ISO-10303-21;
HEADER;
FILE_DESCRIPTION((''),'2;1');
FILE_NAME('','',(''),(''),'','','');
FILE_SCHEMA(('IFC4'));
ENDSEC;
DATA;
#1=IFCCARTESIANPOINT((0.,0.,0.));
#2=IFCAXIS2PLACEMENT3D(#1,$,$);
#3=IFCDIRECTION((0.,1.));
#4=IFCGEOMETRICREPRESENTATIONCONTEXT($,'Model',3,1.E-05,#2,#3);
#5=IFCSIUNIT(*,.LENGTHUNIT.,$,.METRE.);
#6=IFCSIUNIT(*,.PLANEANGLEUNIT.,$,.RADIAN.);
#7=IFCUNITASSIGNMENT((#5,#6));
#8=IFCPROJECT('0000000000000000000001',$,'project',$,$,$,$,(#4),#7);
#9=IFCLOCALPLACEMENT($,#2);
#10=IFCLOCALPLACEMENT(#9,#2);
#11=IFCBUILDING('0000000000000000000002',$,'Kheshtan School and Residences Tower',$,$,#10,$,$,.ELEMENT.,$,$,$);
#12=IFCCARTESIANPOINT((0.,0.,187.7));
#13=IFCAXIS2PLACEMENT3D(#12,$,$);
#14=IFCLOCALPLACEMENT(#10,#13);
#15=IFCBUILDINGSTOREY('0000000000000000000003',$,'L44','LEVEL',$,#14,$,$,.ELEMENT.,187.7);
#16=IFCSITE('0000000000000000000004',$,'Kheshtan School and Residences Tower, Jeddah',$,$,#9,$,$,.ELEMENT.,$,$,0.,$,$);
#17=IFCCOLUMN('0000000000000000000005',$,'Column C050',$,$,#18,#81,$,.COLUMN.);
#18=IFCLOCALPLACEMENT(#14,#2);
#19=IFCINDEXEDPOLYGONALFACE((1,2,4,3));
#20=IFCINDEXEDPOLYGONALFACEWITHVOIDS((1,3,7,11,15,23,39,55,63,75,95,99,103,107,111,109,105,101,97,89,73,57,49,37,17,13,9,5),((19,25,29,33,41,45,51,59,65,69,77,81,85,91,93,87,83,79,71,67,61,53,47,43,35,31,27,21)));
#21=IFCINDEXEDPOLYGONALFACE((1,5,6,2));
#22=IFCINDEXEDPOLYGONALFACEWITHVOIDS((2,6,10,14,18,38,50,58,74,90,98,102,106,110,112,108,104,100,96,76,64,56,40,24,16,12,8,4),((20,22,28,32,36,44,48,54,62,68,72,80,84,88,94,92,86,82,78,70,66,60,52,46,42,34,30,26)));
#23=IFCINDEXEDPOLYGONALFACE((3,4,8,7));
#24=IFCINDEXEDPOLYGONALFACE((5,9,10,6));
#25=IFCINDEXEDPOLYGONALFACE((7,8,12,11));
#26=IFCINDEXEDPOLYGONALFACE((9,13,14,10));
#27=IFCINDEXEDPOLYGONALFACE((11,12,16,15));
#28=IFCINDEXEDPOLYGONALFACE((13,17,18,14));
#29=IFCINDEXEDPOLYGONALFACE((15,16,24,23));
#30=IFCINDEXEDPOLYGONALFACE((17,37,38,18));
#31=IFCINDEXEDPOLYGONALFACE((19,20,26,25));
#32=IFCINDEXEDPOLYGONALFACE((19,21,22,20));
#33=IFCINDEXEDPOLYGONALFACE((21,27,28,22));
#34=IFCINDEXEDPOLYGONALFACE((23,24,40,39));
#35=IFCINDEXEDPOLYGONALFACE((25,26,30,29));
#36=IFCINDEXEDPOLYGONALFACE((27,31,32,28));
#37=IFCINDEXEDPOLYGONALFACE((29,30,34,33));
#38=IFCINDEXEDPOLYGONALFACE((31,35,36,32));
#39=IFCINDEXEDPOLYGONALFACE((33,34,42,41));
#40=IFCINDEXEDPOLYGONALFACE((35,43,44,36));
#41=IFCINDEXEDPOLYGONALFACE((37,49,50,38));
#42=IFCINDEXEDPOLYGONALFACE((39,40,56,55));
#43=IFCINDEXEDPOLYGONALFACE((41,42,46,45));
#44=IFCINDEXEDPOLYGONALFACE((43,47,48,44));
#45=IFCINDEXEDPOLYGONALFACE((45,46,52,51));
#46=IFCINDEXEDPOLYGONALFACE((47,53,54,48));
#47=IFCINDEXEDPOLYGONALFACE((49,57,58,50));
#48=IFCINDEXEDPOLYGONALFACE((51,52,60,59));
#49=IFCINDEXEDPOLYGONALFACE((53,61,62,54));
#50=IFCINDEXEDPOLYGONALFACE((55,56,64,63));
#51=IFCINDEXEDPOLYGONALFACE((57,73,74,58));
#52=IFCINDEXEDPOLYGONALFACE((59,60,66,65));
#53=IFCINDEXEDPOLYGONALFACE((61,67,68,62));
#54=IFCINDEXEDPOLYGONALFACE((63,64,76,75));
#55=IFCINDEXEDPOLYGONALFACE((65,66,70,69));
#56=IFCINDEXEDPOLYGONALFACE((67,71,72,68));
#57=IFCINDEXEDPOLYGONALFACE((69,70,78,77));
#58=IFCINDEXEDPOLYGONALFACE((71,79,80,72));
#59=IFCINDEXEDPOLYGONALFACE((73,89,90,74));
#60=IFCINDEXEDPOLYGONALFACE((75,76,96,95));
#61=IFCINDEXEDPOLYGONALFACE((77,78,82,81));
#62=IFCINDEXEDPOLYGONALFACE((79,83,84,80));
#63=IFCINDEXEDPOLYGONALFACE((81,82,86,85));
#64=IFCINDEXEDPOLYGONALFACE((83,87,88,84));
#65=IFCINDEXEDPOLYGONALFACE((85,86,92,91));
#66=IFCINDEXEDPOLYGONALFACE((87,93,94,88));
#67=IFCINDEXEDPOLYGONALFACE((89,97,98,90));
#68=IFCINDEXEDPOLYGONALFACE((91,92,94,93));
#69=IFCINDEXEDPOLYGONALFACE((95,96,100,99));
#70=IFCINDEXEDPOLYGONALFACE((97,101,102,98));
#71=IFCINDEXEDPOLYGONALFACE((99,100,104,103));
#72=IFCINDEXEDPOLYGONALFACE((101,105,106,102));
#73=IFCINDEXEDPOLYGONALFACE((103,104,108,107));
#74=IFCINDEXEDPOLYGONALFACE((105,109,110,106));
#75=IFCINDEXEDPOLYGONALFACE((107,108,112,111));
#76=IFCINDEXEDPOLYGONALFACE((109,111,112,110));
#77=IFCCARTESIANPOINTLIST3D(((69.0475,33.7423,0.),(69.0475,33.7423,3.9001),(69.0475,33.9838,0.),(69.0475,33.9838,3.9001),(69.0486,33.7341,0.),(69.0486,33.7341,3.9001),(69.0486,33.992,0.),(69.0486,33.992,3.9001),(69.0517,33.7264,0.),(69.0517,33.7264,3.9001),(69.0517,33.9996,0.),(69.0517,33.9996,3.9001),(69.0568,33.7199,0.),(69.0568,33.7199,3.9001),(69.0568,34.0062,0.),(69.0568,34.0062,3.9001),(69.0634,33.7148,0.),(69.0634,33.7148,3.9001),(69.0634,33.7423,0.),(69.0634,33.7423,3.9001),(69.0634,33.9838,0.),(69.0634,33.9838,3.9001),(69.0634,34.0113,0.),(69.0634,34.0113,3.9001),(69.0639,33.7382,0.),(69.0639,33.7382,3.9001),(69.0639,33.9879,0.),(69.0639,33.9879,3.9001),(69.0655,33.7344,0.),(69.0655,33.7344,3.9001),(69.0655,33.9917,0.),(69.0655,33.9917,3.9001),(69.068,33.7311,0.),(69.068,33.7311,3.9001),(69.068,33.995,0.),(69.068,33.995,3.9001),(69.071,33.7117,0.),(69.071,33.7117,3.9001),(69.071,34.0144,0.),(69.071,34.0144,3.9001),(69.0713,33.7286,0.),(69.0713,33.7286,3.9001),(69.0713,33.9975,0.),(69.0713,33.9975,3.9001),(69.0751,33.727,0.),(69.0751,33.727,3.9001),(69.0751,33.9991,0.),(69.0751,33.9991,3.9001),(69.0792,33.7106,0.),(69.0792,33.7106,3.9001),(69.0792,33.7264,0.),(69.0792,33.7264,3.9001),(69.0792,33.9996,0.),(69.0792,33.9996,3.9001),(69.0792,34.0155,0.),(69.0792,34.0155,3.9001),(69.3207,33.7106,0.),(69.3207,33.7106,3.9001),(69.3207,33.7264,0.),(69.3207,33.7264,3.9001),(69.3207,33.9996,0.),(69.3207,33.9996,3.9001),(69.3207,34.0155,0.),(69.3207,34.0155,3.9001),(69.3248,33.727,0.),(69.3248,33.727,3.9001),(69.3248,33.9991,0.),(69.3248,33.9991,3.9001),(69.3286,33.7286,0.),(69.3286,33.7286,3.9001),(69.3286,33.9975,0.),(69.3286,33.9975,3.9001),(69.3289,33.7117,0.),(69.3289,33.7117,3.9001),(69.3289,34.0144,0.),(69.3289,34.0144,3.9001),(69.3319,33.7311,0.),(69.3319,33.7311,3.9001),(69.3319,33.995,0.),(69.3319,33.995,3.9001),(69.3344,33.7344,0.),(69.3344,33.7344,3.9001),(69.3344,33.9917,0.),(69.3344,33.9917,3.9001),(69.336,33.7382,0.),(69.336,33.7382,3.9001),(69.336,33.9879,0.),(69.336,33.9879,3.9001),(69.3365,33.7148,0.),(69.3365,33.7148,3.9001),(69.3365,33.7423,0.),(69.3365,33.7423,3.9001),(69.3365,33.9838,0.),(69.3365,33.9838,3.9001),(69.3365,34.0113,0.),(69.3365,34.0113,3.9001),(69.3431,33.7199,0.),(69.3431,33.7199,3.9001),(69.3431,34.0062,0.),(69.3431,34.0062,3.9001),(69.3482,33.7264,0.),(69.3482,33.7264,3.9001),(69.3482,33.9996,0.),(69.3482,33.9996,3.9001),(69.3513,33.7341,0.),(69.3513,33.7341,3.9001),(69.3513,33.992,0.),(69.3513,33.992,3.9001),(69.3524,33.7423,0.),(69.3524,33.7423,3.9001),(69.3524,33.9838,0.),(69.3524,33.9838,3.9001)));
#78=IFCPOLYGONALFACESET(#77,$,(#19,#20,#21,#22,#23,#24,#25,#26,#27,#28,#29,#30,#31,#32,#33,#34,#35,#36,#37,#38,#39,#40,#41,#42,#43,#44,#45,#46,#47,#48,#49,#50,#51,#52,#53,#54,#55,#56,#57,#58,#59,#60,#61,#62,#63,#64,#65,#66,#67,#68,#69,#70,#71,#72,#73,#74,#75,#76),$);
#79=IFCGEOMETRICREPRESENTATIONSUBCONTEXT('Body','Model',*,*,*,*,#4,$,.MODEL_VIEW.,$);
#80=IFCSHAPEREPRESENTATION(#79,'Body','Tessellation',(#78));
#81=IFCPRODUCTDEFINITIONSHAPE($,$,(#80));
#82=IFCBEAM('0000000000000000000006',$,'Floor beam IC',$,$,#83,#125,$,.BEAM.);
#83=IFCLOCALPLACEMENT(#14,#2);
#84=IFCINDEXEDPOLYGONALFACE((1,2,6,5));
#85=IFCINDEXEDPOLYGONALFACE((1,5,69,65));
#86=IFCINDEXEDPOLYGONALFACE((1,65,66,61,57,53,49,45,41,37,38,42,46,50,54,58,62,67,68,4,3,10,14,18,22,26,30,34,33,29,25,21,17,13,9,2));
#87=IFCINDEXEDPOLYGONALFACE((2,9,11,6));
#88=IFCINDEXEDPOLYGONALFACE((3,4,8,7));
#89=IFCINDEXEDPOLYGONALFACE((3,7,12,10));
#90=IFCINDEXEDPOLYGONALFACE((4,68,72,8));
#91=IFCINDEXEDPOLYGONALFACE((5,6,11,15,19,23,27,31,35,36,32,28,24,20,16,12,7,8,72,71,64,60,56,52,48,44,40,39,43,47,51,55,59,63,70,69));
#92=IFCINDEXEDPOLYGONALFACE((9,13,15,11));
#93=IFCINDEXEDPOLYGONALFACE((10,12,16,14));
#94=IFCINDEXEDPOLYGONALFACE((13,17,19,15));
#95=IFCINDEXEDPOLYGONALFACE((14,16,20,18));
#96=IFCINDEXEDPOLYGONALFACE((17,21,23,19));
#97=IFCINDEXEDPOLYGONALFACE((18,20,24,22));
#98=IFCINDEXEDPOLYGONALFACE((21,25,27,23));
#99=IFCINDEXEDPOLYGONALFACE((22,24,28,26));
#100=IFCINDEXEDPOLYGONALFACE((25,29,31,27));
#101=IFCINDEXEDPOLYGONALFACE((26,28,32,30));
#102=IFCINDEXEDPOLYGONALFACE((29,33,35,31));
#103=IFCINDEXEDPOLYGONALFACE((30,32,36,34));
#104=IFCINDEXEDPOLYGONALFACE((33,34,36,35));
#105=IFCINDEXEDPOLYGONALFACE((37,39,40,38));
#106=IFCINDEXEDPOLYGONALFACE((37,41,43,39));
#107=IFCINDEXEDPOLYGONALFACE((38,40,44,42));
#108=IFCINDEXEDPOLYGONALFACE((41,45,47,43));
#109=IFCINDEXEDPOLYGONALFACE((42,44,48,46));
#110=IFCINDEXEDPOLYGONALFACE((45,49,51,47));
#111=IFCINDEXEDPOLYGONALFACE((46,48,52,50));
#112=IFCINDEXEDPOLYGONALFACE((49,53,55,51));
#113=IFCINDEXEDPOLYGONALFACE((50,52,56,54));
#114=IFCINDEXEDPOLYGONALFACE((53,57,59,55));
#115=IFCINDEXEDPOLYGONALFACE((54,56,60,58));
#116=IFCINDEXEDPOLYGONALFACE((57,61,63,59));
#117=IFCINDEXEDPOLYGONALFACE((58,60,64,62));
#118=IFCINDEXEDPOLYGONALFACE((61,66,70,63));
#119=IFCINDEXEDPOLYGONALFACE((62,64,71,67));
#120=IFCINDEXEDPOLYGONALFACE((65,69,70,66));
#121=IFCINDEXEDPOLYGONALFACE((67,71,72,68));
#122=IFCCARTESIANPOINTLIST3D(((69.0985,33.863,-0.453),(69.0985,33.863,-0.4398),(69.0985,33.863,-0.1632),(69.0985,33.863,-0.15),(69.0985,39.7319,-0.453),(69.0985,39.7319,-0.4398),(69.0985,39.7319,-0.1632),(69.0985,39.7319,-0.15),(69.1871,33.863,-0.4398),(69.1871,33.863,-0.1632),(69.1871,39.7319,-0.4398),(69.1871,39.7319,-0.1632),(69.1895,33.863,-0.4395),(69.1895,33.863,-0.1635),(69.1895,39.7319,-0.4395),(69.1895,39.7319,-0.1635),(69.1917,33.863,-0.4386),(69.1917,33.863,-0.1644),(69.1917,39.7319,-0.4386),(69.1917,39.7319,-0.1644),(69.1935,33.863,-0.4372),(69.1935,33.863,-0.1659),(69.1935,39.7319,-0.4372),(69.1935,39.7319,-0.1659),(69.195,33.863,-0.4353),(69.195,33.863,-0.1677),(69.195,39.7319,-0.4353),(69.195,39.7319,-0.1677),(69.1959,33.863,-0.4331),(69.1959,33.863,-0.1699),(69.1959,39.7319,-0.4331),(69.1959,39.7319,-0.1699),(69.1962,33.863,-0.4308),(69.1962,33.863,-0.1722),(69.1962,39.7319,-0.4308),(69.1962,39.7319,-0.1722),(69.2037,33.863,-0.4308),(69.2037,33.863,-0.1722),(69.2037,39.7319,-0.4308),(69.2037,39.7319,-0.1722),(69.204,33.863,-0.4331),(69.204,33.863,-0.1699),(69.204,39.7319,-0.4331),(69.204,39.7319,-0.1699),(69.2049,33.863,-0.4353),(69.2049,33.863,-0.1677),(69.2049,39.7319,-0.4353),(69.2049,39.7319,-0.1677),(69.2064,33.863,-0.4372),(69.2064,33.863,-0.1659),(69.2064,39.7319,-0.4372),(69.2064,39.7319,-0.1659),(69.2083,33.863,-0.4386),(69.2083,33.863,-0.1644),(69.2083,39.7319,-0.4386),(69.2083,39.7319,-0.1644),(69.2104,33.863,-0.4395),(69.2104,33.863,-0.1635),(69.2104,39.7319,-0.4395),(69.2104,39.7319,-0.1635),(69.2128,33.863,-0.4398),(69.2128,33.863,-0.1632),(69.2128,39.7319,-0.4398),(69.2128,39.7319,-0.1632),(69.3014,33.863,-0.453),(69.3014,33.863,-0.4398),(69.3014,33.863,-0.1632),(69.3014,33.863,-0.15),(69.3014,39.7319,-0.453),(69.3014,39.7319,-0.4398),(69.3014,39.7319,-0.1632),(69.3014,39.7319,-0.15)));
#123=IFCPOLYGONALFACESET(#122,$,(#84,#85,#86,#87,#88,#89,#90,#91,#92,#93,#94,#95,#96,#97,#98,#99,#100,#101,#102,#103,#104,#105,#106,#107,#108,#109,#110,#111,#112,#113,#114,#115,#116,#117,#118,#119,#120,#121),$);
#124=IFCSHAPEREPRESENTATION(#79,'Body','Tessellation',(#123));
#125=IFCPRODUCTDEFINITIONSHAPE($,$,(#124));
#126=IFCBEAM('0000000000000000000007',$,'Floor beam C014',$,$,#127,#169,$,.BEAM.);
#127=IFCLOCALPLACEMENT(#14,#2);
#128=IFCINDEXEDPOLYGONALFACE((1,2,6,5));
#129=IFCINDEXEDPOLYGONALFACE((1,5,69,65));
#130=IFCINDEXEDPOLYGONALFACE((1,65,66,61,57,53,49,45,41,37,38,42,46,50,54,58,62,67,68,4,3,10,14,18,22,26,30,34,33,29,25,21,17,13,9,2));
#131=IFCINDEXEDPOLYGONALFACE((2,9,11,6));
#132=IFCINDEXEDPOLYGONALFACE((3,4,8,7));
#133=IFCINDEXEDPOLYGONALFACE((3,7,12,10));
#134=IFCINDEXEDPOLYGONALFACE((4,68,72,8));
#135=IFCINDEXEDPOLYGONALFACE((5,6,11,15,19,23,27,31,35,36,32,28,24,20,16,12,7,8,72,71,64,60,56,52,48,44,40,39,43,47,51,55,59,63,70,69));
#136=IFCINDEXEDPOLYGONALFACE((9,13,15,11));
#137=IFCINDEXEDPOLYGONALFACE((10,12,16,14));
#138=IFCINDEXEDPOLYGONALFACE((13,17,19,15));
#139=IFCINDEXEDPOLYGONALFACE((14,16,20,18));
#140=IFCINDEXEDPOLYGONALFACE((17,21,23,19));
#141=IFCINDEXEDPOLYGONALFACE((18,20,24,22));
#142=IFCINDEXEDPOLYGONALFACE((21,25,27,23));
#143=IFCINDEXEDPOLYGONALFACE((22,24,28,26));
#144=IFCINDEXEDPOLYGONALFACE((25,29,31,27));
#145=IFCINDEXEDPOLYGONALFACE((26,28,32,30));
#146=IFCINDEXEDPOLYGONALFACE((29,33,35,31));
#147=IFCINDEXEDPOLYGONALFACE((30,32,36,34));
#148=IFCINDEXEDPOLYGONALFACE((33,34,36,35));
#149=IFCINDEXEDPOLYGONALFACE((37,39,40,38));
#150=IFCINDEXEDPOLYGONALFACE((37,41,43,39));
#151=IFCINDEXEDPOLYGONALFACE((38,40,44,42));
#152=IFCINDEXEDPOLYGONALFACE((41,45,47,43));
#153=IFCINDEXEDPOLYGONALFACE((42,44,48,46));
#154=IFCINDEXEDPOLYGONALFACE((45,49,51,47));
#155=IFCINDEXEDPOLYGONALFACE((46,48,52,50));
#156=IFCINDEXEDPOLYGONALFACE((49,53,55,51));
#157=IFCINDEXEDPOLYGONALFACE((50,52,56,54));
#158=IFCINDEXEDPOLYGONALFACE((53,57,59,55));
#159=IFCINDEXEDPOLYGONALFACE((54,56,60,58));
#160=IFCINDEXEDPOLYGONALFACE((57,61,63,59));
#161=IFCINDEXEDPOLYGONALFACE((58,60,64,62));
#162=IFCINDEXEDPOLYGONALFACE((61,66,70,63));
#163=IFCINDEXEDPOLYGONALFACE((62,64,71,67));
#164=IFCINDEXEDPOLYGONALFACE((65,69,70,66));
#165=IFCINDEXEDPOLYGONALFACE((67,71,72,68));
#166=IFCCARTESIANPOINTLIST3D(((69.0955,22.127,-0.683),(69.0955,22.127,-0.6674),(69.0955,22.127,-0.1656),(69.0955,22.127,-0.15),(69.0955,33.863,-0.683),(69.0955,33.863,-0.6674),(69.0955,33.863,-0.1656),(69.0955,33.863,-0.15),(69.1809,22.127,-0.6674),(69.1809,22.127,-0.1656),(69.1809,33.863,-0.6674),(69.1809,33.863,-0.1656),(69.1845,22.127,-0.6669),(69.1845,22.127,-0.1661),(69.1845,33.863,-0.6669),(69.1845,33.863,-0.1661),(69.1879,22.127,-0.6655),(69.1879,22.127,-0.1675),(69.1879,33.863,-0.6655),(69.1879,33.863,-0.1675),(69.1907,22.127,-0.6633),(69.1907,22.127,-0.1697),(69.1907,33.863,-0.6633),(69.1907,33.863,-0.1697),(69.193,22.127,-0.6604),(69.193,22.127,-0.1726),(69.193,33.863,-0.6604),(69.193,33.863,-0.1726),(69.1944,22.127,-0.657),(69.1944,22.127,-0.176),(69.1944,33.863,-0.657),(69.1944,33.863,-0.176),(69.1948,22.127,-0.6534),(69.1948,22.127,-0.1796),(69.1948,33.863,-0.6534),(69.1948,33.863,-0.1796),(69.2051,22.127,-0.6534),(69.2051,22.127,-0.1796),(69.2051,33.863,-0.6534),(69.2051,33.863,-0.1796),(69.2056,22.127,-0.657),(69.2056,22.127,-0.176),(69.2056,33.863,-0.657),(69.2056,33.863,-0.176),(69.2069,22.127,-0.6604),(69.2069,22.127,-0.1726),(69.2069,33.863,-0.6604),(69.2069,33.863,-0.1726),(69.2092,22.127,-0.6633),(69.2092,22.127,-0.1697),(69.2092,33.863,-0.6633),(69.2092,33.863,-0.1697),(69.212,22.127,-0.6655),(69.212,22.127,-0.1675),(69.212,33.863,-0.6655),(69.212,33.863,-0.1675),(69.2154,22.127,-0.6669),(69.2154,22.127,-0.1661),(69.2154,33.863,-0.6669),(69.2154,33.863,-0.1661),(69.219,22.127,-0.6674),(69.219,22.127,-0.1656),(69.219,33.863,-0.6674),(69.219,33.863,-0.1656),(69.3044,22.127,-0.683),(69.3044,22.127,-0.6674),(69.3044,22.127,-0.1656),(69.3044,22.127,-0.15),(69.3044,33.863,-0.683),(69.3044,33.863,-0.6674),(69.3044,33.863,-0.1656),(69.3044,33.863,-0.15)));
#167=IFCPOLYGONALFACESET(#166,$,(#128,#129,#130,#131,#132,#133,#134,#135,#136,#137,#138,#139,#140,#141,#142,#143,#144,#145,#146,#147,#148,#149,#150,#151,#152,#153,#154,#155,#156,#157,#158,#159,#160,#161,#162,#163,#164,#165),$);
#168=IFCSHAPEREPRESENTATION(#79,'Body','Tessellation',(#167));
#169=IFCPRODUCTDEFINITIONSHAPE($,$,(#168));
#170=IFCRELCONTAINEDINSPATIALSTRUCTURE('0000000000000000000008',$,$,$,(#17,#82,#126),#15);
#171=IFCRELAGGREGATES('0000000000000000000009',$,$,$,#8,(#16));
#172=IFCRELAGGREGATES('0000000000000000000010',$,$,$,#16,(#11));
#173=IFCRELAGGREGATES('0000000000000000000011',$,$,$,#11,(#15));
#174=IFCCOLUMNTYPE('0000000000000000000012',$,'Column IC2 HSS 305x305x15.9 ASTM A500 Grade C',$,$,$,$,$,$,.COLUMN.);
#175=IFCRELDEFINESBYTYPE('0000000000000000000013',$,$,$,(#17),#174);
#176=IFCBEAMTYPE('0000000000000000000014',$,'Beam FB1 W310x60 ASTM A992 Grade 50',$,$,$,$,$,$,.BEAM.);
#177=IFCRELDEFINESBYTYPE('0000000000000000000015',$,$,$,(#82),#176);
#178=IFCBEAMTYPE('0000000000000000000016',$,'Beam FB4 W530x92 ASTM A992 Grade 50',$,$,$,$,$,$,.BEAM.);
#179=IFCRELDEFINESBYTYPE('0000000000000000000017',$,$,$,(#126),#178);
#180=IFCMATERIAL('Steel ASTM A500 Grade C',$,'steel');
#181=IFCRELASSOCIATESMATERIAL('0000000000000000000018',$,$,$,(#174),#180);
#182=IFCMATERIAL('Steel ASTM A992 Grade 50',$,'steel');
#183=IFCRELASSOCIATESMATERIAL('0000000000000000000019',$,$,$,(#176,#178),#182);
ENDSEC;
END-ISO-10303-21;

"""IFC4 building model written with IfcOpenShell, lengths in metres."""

from ifc_helpers import new_model, si_unit, direction, frame, origin, origin_2d, place, context, subcontext, project, spatial, hollow_rectangle, i_section, extrude, material, material_profile, profile_set, type_object, element, save


model = new_model("IFC4")

# Units and contexts
model_context = context("Model", 3, precision=1e-05, world=origin(), true_north=direction((0.0, 1.0)))
body_context = subcontext(model_context, "Body", "Model", "MODEL_VIEW")
ifc_project = project(units=[si_unit("LENGTHUNIT", "METRE"), si_unit("PLANEANGLEUNIT", "RADIAN")], contexts=[model_context])

# Site, building, storey
site_placement = place(None, origin())
site = spatial("IfcSite", under=ifc_project, at=site_placement, Name="Kheshtan School and Residences Tower, Jeddah", CompositionType="ELEMENT", RefElevation=0.0)
building_placement = place(site_placement, origin())
building = spatial("IfcBuilding", under=site, at=building_placement, Name="Kheshtan School and Residences Tower", CompositionType="ELEMENT")
storey_placement = place(building_placement, frame((0.0, 0.0, 187.7)))
storey = spatial("IfcBuildingStorey", under=building, at=storey_placement, Name="L44", Description="LEVEL", CompositionType="ELEMENT", Elevation=187.7)

# Column
ifc_material_1 = material(Name="Steel ASTM A992 Grade 50", Category="steel")
ifc_material_2 = material(Name="Steel ASTM A500 Grade C", Category="steel")
ifc_material_profile_1 = material_profile(ifc_material_2, hollow_rectangle(XDim=0.3049, YDim=0.3049, WallThickness=0.0159, InnerFilletRadius=0.0159, OuterFilletRadius=0.0317, at=origin_2d()), Name="HSS 305x305x15.9")
ifc_profile_set_1 = profile_set([ifc_material_profile_1], Name="Steel ASTM A500 Grade C")
column_type_1 = type_object("IfcColumnType", Name="Column IC2 HSS 305x305x15.9 ASTM A500 Grade C", PredefinedType="COLUMN", material=ifc_profile_set_1)
column_placement = place(storey_placement, frame((69.2, 33.863, 0.0), z_axis=(0.0, 0.0, 1.0), x_axis=(1.0, 0.0, 0.0)))
element("IfcColumn", 1, at=column_placement, inside=storey, type_object=column_type_1, Name="Column C050", PredefinedType="COLUMN", context=body_context, shape_type="SweptSolid", body=[
    extrude(hollow_rectangle(XDim=0.3049, YDim=0.3049, WallThickness=0.0159, InnerFilletRadius=0.0159, OuterFilletRadius=0.0317, at=origin_2d()), origin(), (0.0, 0.0, 1.0), 3.9001),
])

# Beams
ifc_material_profile_2 = material_profile(ifc_material_1, i_section(OverallWidth=0.2029, OverallDepth=0.303, WebThickness=0.0076, FlangeThickness=0.0132, FilletRadius=0.009, at=origin_2d()), Name="W310x60")
ifc_profile_set_2 = profile_set([ifc_material_profile_2], Name="Steel ASTM A992 Grade 50")
beam_type_1 = type_object("IfcBeamType", Name="Beam FB1 W310x60 ASTM A992 Grade 50", PredefinedType="BEAM", material=ifc_profile_set_2)
beam_1_placement = place(storey_placement, frame((69.2, 33.863, -0.3015), z_axis=(0.0, 1.0, 0.0), x_axis=(-1.0, 0.0, 0.0)))
element("IfcBeam", 2, at=beam_1_placement, inside=storey, type_object=beam_type_1, Name="Floor beam IC", PredefinedType="BEAM", context=body_context, shape_type="SweptSolid", body=[
    extrude(i_section(OverallWidth=0.2029, OverallDepth=0.303, WebThickness=0.0076, FlangeThickness=0.0132, FilletRadius=0.009, at=origin_2d()), origin(), (0.0, 0.0, 1.0), 5.8689),
])
ifc_material_profile_3 = material_profile(ifc_material_1, i_section(OverallWidth=0.209, OverallDepth=0.533, WebThickness=0.0103, FlangeThickness=0.0156, FilletRadius=0.0139, at=origin_2d()), Name="W530x92")
ifc_profile_set_3 = profile_set([ifc_material_profile_3], Name="Steel ASTM A992 Grade 50")
beam_type_2 = type_object("IfcBeamType", Name="Beam FB4 W530x92 ASTM A992 Grade 50", PredefinedType="BEAM", material=ifc_profile_set_3)
beam_2_placement = place(storey_placement, frame((69.2, 22.127, -0.4165), z_axis=(0.0, 1.0, 0.0), x_axis=(-1.0, 0.0, 0.0)))
element("IfcBeam", 3, at=beam_2_placement, inside=storey, type_object=beam_type_2, Name="Floor beam C014", PredefinedType="BEAM", context=body_context, shape_type="SweptSolid", body=[
    extrude(i_section(OverallWidth=0.209, OverallDepth=0.533, WebThickness=0.0103, FlangeThickness=0.0156, FilletRadius=0.0139, at=origin_2d()), origin(), (0.0, 0.0, 1.0), 11.7361),
])

save(model, "model.ifc")
